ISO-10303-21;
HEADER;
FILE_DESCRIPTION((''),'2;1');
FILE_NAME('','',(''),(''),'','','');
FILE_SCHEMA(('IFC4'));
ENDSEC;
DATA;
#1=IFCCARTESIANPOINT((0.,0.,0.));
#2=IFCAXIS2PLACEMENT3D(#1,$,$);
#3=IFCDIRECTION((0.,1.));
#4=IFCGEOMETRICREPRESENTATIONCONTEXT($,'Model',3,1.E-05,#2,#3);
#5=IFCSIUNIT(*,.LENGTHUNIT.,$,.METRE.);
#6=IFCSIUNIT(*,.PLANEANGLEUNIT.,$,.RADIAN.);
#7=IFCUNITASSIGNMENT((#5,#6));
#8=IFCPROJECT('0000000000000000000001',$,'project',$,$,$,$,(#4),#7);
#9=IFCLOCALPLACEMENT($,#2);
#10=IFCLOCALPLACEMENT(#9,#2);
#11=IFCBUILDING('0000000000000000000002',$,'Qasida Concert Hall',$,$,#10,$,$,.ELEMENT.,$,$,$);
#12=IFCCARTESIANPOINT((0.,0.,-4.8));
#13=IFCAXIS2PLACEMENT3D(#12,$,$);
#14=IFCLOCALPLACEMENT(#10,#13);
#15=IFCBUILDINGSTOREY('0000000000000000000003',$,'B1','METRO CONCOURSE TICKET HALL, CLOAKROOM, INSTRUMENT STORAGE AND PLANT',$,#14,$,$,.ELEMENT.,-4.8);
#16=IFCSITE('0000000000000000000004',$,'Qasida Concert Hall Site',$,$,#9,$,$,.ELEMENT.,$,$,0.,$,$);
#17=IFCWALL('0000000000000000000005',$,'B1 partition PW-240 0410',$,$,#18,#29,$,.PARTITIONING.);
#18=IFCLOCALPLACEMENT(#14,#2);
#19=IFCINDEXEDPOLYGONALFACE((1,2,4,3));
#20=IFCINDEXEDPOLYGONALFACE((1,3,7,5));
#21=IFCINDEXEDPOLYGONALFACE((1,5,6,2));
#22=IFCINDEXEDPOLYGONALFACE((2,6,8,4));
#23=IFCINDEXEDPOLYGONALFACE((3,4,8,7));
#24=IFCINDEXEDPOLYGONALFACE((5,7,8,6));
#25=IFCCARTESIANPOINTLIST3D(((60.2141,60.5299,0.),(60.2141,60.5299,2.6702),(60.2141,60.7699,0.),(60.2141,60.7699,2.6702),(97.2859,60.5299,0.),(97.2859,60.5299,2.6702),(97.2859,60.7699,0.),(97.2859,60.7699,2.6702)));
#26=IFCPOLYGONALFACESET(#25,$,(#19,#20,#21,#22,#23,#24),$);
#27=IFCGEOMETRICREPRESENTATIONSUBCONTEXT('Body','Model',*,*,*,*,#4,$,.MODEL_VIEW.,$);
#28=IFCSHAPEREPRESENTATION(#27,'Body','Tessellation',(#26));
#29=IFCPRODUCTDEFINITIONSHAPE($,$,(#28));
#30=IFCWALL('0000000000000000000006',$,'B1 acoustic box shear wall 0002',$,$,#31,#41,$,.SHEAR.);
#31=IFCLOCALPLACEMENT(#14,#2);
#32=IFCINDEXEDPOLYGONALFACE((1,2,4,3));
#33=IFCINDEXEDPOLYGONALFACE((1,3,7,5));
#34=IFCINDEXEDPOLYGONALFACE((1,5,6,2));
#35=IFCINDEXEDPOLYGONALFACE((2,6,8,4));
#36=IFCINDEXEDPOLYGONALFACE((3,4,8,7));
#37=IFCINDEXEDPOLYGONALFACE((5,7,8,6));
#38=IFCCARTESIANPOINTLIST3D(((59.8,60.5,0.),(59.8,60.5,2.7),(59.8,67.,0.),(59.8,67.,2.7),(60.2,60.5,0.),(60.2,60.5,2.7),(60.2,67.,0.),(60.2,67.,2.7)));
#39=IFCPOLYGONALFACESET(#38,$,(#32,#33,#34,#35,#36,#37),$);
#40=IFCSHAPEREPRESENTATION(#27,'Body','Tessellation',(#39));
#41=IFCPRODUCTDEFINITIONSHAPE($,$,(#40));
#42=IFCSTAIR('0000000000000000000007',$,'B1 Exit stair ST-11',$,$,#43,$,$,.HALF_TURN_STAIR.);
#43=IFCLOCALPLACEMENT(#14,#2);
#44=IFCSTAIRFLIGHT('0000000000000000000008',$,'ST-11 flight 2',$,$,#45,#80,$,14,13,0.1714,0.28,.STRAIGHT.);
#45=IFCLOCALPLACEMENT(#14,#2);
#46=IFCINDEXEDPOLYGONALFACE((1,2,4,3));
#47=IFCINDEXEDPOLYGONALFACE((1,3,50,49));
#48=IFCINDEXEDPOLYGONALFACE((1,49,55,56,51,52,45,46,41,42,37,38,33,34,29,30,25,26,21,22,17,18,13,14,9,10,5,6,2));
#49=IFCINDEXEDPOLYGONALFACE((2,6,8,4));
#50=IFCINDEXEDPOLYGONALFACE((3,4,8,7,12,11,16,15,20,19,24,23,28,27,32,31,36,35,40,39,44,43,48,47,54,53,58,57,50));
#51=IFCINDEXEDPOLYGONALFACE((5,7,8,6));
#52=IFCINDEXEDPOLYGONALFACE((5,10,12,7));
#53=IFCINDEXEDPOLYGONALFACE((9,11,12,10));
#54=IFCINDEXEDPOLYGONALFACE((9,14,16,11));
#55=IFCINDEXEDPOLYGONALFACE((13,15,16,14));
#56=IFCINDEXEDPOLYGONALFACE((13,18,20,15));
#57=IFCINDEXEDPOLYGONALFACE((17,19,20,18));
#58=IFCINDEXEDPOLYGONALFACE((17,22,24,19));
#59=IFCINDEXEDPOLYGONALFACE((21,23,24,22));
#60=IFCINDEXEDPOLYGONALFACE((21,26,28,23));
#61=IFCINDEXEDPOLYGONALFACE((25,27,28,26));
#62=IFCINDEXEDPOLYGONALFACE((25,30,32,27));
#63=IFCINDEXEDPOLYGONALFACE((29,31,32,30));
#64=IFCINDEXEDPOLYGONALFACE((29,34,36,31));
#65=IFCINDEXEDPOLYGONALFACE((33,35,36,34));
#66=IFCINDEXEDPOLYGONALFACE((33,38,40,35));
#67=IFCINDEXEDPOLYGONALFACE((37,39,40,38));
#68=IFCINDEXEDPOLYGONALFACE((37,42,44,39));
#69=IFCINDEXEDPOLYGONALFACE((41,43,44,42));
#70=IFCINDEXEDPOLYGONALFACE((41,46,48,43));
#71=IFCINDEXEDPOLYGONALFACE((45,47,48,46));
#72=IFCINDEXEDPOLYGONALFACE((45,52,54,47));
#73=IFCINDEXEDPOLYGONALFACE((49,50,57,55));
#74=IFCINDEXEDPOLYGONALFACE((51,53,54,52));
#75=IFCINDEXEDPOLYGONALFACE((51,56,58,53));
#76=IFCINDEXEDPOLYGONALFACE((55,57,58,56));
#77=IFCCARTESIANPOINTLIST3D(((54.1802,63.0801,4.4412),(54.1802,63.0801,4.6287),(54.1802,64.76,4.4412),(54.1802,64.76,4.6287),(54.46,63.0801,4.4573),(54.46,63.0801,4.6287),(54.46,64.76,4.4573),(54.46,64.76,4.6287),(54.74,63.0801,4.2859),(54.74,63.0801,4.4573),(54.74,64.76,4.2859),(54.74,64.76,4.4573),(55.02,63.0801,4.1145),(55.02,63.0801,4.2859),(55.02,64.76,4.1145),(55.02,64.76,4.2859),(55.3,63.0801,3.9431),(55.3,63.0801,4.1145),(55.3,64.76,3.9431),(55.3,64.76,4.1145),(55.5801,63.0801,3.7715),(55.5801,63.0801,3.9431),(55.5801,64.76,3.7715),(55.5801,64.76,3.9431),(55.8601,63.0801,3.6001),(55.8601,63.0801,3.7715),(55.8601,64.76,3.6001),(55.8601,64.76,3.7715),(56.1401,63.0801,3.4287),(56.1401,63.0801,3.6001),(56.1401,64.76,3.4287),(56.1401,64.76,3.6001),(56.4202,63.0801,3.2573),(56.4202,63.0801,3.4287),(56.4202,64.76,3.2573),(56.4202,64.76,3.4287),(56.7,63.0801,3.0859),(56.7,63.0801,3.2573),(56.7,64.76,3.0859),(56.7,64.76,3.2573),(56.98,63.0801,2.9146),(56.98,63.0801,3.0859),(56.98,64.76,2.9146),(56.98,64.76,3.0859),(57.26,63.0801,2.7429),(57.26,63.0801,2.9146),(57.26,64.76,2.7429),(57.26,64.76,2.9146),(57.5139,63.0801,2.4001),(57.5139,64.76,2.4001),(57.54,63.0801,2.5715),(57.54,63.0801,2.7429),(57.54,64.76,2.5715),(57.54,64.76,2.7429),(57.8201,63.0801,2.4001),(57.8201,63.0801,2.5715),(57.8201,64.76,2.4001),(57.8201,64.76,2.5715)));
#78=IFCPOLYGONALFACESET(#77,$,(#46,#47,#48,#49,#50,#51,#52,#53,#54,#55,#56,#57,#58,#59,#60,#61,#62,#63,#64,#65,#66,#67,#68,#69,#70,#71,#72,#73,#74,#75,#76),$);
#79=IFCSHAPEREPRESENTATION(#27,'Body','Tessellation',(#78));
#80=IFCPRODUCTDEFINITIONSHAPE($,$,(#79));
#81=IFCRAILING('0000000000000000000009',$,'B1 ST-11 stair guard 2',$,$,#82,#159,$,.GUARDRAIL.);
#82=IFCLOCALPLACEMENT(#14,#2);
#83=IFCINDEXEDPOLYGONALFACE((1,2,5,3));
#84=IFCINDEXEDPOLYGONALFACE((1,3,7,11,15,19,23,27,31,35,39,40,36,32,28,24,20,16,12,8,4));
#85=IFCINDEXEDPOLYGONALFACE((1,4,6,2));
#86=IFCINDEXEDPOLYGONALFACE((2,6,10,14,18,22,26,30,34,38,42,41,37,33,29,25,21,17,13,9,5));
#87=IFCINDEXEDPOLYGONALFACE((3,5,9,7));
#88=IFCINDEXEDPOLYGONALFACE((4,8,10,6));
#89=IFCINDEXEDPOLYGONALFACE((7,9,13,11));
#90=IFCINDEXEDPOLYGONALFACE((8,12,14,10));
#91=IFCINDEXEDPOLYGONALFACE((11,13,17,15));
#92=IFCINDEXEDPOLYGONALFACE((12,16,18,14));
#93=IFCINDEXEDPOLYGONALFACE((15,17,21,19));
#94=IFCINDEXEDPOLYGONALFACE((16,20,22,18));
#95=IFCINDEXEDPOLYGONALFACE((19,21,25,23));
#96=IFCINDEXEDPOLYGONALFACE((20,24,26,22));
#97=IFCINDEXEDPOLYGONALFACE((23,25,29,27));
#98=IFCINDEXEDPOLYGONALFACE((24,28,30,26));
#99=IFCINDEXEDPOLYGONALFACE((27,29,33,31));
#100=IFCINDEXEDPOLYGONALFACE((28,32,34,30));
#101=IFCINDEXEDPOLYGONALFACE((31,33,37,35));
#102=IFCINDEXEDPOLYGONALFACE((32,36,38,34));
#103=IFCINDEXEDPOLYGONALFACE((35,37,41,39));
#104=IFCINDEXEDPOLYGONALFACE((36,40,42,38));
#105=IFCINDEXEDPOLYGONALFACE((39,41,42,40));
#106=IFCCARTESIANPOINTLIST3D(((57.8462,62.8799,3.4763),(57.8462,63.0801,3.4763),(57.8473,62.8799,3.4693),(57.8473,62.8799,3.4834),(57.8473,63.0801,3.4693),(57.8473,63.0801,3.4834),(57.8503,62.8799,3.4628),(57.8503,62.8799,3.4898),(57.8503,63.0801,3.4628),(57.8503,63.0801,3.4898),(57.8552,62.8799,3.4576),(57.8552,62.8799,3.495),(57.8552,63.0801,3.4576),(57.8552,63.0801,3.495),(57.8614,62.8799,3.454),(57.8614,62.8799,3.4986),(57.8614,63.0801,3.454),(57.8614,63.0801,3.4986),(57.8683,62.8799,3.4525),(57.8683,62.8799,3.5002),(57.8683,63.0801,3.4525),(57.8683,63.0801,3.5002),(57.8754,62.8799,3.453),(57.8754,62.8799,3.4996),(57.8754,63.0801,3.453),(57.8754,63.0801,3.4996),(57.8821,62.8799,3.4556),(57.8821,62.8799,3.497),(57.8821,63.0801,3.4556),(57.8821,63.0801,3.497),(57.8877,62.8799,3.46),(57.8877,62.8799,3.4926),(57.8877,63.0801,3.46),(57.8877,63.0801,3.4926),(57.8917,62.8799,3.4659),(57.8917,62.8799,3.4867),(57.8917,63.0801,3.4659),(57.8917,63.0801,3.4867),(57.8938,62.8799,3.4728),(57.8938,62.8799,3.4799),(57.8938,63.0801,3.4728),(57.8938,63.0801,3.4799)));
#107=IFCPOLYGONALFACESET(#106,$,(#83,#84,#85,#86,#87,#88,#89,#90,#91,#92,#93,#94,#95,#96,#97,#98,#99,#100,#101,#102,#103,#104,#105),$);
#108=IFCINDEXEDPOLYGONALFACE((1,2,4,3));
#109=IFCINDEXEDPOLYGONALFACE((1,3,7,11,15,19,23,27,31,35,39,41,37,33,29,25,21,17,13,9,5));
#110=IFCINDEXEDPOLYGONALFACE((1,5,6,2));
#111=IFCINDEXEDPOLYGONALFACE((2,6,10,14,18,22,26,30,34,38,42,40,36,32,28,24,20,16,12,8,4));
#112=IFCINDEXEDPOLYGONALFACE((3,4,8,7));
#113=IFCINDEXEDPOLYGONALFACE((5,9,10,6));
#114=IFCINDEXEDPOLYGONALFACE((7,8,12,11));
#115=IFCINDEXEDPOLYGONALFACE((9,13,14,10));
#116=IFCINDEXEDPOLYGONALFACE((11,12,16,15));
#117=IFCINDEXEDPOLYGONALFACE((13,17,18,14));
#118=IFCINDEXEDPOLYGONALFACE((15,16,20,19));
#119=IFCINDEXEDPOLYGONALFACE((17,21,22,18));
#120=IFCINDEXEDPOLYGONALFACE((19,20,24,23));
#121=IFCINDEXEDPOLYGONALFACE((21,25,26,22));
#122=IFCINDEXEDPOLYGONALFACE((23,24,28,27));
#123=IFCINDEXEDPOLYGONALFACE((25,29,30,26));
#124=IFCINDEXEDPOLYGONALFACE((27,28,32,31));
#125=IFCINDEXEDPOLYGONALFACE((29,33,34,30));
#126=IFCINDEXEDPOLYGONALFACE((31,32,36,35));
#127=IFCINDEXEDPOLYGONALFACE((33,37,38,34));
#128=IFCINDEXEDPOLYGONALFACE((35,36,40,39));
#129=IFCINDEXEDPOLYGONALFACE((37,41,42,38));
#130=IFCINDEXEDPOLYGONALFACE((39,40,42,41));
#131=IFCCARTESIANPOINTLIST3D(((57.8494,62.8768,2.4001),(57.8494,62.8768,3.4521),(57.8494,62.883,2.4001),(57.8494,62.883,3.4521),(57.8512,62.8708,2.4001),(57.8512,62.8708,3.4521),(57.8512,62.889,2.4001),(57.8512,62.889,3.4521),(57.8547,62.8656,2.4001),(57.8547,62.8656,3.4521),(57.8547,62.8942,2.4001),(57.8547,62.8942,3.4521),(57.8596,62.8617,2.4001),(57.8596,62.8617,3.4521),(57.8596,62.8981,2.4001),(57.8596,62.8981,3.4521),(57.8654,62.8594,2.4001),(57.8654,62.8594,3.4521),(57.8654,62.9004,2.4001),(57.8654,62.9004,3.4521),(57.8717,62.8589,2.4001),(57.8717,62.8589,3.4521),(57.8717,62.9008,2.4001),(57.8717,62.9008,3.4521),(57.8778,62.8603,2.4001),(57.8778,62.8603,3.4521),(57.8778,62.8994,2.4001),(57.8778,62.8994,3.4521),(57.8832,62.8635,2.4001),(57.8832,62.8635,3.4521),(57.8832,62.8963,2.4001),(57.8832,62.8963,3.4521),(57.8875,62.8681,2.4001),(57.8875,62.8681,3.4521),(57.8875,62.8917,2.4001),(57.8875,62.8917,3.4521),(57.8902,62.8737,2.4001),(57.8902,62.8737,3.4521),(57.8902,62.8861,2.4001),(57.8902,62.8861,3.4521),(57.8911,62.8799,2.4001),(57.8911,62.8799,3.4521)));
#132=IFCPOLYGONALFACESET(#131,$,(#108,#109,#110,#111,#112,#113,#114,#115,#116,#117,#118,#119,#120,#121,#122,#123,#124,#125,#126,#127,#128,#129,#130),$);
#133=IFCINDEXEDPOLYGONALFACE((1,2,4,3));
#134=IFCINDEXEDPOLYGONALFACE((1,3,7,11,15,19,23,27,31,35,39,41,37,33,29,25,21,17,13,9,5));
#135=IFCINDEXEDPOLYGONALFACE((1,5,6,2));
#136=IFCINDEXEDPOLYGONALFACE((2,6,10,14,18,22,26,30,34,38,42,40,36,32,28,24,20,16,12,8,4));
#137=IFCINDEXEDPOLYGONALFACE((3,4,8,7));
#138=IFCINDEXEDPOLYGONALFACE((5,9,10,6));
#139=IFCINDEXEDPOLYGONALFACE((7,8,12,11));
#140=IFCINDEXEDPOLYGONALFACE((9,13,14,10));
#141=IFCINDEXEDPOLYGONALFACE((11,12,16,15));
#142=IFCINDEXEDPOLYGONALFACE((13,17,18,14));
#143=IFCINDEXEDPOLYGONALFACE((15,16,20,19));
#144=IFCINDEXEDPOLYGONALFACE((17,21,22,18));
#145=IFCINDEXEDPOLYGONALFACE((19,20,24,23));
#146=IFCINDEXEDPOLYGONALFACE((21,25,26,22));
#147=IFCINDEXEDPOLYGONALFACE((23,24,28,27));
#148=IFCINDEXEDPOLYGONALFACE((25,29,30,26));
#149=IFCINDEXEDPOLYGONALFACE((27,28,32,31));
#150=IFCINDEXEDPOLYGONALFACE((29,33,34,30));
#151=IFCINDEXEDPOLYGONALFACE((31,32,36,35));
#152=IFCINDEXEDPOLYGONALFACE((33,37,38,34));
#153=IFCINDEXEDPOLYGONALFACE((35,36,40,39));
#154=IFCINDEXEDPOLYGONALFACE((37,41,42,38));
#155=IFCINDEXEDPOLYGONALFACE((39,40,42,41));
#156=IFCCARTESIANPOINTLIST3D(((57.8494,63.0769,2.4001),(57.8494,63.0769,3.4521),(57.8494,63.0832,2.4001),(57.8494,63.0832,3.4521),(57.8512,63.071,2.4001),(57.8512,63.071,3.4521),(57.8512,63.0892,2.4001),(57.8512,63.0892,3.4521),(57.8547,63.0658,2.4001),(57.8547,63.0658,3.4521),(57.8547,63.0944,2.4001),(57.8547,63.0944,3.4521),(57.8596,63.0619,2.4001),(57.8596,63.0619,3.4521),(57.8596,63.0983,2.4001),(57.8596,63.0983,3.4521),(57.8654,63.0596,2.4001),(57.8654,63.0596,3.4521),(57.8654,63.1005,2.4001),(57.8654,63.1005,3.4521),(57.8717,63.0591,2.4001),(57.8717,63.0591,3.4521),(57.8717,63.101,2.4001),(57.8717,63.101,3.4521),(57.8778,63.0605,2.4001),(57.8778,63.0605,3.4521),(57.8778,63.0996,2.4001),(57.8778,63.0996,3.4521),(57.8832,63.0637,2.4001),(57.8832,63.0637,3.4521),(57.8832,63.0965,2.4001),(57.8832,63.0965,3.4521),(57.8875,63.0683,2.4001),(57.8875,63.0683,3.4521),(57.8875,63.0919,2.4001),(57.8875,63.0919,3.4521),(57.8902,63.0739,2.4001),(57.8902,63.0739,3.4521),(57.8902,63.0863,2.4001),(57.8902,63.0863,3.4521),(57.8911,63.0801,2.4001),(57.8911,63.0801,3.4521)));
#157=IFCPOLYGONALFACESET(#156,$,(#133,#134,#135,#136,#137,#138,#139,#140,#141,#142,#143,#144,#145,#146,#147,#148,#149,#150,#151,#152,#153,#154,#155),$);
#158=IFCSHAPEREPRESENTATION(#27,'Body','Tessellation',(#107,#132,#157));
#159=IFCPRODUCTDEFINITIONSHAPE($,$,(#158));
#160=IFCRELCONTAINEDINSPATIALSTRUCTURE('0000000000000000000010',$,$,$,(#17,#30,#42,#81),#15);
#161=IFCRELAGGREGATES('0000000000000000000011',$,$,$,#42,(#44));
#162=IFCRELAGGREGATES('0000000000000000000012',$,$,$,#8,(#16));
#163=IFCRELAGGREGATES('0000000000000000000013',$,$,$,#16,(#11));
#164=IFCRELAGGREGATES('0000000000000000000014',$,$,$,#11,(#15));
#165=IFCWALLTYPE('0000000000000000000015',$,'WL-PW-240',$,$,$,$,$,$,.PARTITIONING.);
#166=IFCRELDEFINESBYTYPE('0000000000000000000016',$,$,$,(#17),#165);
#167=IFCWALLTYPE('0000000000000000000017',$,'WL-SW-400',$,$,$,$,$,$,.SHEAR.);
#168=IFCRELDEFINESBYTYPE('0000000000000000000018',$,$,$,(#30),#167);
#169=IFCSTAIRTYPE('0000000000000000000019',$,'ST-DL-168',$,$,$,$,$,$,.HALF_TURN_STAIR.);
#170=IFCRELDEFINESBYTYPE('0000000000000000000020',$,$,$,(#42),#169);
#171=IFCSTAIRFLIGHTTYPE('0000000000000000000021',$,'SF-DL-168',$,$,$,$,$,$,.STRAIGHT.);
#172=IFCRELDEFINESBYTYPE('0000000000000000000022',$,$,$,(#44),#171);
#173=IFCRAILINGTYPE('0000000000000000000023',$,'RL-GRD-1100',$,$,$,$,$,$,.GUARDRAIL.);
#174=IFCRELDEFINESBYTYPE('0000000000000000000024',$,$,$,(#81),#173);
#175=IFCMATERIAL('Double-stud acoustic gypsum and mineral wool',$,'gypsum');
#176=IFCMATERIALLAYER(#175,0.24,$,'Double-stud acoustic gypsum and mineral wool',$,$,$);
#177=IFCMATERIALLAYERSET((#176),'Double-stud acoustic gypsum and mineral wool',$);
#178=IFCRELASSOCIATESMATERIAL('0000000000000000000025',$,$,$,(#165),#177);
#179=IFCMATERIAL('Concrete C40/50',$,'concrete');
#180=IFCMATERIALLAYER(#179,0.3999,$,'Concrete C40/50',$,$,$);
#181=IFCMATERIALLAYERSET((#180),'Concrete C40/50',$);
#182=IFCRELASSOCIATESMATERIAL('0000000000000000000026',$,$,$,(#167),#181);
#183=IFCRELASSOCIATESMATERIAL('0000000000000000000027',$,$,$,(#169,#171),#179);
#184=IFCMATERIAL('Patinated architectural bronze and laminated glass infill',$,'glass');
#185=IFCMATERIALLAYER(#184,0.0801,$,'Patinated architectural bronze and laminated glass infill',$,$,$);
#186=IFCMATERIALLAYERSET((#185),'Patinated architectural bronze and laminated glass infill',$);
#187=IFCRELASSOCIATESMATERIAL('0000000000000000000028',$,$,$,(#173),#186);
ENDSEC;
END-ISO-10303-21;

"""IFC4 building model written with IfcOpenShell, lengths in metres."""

from ifc_helpers import new_model, si_unit, direction, frame, frame_2d, origin, origin_2d, place, context, subcontext, project, spatial, polyline, rectangle, circle, outline, extrude, material, layer, layer_set, type_object, element, aggregate, save


model = new_model("IFC4")

# Units and contexts
model_context = context("Model", 3, precision=1e-05, world=origin(), true_north=direction((0.0, 1.0)))
body_context = subcontext(model_context, "Body", "Model", "MODEL_VIEW")
ifc_project = project(units=[si_unit("LENGTHUNIT", "METRE"), si_unit("PLANEANGLEUNIT", "RADIAN")], contexts=[model_context])

# Site, building, storey
site_placement = place(None, origin())
site = spatial("IfcSite", under=ifc_project, at=site_placement, Name="Qasida Concert Hall Site", CompositionType="ELEMENT", RefElevation=0.0)
building_placement = place(site_placement, origin())
building = spatial("IfcBuilding", under=site, at=building_placement, Name="Qasida Concert Hall", CompositionType="ELEMENT")
storey_placement = place(building_placement, frame((0.0, 0.0, -4.8)))
storey = spatial("IfcBuildingStorey", under=building, at=storey_placement, Name="B1", Description="METRO CONCOURSE TICKET HALL, CLOAKROOM, INSTRUMENT STORAGE AND PLANT", CompositionType="ELEMENT", Elevation=-4.8)

# Shared definitions
ifc_material_1 = material(Name="Concrete C40/50", Category="concrete")

# Shared definitions
ifc_material_2 = material(Name="Double-stud acoustic gypsum and mineral wool", Category="gypsum")
ifc_layer_1 = layer(ifc_material_2, 0.24, Name="Double-stud acoustic gypsum and mineral wool")
ifc_layer_set_1 = layer_set([ifc_layer_1], Name="Double-stud acoustic gypsum and mineral wool")
wall_type_1 = type_object("IfcWallType", Name="WL-PW-240", PredefinedType="PARTITIONING", material=ifc_layer_set_1)

# Walls
wall_1_placement = place(storey_placement, frame((60.2141, 60.6499, 0.0), z_axis=(0.0, 0.0, 1.0), x_axis=(1.0, 0.0, 0.0)))
element("IfcWall", 1, at=wall_1_placement, inside=storey, type_object=wall_type_1, Name="B1 partition PW-240 0410", PredefinedType="PARTITIONING", context=body_context, shape_type="SweptSolid", body=[
    extrude(rectangle(XDim=37.0718, YDim=0.24, at=frame_2d((18.5359, 0.0))), origin(), (0.0, 0.0, 1.0), 2.6702),
])
ifc_layer_2 = layer(ifc_material_1, 0.3999, Name="Concrete C40/50")
ifc_layer_set_2 = layer_set([ifc_layer_2], Name="Concrete C40/50")
wall_type_2 = type_object("IfcWallType", Name="WL-SW-400", PredefinedType="SHEAR", material=ifc_layer_set_2)
wall_2_placement = place(storey_placement, frame((60.0, 60.5, 0.0), z_axis=(0.0, 0.0, 1.0), x_axis=(0.0, 1.0, 0.0)))
element("IfcWall", 2, at=wall_2_placement, inside=storey, type_object=wall_type_2, Name="B1 acoustic box shear wall 0002", PredefinedType="SHEAR", context=body_context, shape_type="SweptSolid", body=[
    extrude(rectangle(XDim=6.5, YDim=0.3999, at=frame_2d((3.25, 0.0))), origin(), (0.0, 0.0, 1.0), 2.7),
])

# Stair, stair flight
stair_type = type_object("IfcStairType", Name="ST-DL-168", PredefinedType="HALF_TURN_STAIR", material=ifc_material_1)
stair_placement = place(storey_placement, origin())
stair = element("IfcStair", 3, at=stair_placement, inside=storey, type_object=stair_type, Name="B1 Exit stair ST-11", PredefinedType="HALF_TURN_STAIR")
stair_flight_type = type_object("IfcStairFlightType", Name="SF-DL-168", PredefinedType="STRAIGHT", material=ifc_material_1)
stair_flight_placement = place(storey_placement, frame((57.8201, 63.9199, 2.4001), z_axis=(0.0, 0.0, 1.0), x_axis=(-1.0, 0.0, 0.0)))
stair_flight = element("IfcStairFlight", 4, at=stair_flight_placement, type_object=stair_flight_type, Name="ST-11 flight 2", NumberOfRisers=14, NumberOfTreads=13, PredefinedType="STRAIGHT", RiserHeight=0.1714, TreadLength=0.28, context=body_context, shape_type="SweptSolid", body=[
    extrude(outline(polyline([(0.0, 0.0), (0.0, 0.1714), (0.28, 0.1714), (0.28, 0.3428), (0.5601, 0.3428), (0.5601, 0.5144), (0.8401, 0.5144), (0.8401, 0.6858), (1.1201, 0.6858), (1.1201, 0.8572), (1.3999, 0.8572), (1.3999, 1.0286), (1.6799, 1.0286), (1.6799, 1.2), (1.96, 1.2), (1.96, 1.3713), (2.24, 1.3713), (2.24, 1.543), (2.52, 1.543), (2.52, 1.7144), (2.8, 1.7144), (2.8, 1.8857), (3.0801, 1.8857), (3.0801, 2.0571), (3.3601, 2.0571), (3.3601, 2.2285), (3.6399, 2.2285), (3.6399, 2.3999), (3.6399, 2.041), (0.3062, 0.0), (0.0, 0.0)])), frame((0.0, 0.8398, 0.0), z_axis=(0.0, -1.0, 0.0), x_axis=(1.0, 0.0, 0.0)), (0.0, 0.0, 1.0), 1.6799),
])
aggregate(stair, [stair_flight])

# Railing
ifc_material_3 = material(Name="Patinated architectural bronze and laminated glass infill", Category="glass")
ifc_layer_3 = layer(ifc_material_3, 0.0801, Name="Patinated architectural bronze and laminated glass infill")
ifc_layer_set_3 = layer_set([ifc_layer_3], Name="Patinated architectural bronze and laminated glass infill")
railing_type_1 = type_object("IfcRailingType", Name="RL-GRD-1100", PredefinedType="GUARDRAIL", material=ifc_layer_set_3)
railing_1_placement = place(storey_placement, frame((57.8701, 62.8799, 2.4001)))
element("IfcRailing", 5, at=railing_1_placement, inside=storey, type_object=railing_type_1, Name="B1 ST-11 stair guard 2", PredefinedType="GUARDRAIL", context=body_context, shape_type="SweptSolid", body=[
    extrude(circle(Radius=0.0239, at=origin_2d()), frame((0.0, 0.0, 1.0762), z_axis=(0.0, 1.0, 0.0), x_axis=(-1.0, 0.0, 0.0)), (0.0, 0.0, 1.0), 0.2002),
    extrude(circle(Radius=0.021, at=origin_2d()), origin(), (0.0, 0.0, 1.0), 1.052),
    extrude(circle(Radius=0.021, at=origin_2d()), frame((0.0, 0.2002, 0.0)), (0.0, 0.0, 1.0), 1.052),
])

save(model, "model.ifc")
